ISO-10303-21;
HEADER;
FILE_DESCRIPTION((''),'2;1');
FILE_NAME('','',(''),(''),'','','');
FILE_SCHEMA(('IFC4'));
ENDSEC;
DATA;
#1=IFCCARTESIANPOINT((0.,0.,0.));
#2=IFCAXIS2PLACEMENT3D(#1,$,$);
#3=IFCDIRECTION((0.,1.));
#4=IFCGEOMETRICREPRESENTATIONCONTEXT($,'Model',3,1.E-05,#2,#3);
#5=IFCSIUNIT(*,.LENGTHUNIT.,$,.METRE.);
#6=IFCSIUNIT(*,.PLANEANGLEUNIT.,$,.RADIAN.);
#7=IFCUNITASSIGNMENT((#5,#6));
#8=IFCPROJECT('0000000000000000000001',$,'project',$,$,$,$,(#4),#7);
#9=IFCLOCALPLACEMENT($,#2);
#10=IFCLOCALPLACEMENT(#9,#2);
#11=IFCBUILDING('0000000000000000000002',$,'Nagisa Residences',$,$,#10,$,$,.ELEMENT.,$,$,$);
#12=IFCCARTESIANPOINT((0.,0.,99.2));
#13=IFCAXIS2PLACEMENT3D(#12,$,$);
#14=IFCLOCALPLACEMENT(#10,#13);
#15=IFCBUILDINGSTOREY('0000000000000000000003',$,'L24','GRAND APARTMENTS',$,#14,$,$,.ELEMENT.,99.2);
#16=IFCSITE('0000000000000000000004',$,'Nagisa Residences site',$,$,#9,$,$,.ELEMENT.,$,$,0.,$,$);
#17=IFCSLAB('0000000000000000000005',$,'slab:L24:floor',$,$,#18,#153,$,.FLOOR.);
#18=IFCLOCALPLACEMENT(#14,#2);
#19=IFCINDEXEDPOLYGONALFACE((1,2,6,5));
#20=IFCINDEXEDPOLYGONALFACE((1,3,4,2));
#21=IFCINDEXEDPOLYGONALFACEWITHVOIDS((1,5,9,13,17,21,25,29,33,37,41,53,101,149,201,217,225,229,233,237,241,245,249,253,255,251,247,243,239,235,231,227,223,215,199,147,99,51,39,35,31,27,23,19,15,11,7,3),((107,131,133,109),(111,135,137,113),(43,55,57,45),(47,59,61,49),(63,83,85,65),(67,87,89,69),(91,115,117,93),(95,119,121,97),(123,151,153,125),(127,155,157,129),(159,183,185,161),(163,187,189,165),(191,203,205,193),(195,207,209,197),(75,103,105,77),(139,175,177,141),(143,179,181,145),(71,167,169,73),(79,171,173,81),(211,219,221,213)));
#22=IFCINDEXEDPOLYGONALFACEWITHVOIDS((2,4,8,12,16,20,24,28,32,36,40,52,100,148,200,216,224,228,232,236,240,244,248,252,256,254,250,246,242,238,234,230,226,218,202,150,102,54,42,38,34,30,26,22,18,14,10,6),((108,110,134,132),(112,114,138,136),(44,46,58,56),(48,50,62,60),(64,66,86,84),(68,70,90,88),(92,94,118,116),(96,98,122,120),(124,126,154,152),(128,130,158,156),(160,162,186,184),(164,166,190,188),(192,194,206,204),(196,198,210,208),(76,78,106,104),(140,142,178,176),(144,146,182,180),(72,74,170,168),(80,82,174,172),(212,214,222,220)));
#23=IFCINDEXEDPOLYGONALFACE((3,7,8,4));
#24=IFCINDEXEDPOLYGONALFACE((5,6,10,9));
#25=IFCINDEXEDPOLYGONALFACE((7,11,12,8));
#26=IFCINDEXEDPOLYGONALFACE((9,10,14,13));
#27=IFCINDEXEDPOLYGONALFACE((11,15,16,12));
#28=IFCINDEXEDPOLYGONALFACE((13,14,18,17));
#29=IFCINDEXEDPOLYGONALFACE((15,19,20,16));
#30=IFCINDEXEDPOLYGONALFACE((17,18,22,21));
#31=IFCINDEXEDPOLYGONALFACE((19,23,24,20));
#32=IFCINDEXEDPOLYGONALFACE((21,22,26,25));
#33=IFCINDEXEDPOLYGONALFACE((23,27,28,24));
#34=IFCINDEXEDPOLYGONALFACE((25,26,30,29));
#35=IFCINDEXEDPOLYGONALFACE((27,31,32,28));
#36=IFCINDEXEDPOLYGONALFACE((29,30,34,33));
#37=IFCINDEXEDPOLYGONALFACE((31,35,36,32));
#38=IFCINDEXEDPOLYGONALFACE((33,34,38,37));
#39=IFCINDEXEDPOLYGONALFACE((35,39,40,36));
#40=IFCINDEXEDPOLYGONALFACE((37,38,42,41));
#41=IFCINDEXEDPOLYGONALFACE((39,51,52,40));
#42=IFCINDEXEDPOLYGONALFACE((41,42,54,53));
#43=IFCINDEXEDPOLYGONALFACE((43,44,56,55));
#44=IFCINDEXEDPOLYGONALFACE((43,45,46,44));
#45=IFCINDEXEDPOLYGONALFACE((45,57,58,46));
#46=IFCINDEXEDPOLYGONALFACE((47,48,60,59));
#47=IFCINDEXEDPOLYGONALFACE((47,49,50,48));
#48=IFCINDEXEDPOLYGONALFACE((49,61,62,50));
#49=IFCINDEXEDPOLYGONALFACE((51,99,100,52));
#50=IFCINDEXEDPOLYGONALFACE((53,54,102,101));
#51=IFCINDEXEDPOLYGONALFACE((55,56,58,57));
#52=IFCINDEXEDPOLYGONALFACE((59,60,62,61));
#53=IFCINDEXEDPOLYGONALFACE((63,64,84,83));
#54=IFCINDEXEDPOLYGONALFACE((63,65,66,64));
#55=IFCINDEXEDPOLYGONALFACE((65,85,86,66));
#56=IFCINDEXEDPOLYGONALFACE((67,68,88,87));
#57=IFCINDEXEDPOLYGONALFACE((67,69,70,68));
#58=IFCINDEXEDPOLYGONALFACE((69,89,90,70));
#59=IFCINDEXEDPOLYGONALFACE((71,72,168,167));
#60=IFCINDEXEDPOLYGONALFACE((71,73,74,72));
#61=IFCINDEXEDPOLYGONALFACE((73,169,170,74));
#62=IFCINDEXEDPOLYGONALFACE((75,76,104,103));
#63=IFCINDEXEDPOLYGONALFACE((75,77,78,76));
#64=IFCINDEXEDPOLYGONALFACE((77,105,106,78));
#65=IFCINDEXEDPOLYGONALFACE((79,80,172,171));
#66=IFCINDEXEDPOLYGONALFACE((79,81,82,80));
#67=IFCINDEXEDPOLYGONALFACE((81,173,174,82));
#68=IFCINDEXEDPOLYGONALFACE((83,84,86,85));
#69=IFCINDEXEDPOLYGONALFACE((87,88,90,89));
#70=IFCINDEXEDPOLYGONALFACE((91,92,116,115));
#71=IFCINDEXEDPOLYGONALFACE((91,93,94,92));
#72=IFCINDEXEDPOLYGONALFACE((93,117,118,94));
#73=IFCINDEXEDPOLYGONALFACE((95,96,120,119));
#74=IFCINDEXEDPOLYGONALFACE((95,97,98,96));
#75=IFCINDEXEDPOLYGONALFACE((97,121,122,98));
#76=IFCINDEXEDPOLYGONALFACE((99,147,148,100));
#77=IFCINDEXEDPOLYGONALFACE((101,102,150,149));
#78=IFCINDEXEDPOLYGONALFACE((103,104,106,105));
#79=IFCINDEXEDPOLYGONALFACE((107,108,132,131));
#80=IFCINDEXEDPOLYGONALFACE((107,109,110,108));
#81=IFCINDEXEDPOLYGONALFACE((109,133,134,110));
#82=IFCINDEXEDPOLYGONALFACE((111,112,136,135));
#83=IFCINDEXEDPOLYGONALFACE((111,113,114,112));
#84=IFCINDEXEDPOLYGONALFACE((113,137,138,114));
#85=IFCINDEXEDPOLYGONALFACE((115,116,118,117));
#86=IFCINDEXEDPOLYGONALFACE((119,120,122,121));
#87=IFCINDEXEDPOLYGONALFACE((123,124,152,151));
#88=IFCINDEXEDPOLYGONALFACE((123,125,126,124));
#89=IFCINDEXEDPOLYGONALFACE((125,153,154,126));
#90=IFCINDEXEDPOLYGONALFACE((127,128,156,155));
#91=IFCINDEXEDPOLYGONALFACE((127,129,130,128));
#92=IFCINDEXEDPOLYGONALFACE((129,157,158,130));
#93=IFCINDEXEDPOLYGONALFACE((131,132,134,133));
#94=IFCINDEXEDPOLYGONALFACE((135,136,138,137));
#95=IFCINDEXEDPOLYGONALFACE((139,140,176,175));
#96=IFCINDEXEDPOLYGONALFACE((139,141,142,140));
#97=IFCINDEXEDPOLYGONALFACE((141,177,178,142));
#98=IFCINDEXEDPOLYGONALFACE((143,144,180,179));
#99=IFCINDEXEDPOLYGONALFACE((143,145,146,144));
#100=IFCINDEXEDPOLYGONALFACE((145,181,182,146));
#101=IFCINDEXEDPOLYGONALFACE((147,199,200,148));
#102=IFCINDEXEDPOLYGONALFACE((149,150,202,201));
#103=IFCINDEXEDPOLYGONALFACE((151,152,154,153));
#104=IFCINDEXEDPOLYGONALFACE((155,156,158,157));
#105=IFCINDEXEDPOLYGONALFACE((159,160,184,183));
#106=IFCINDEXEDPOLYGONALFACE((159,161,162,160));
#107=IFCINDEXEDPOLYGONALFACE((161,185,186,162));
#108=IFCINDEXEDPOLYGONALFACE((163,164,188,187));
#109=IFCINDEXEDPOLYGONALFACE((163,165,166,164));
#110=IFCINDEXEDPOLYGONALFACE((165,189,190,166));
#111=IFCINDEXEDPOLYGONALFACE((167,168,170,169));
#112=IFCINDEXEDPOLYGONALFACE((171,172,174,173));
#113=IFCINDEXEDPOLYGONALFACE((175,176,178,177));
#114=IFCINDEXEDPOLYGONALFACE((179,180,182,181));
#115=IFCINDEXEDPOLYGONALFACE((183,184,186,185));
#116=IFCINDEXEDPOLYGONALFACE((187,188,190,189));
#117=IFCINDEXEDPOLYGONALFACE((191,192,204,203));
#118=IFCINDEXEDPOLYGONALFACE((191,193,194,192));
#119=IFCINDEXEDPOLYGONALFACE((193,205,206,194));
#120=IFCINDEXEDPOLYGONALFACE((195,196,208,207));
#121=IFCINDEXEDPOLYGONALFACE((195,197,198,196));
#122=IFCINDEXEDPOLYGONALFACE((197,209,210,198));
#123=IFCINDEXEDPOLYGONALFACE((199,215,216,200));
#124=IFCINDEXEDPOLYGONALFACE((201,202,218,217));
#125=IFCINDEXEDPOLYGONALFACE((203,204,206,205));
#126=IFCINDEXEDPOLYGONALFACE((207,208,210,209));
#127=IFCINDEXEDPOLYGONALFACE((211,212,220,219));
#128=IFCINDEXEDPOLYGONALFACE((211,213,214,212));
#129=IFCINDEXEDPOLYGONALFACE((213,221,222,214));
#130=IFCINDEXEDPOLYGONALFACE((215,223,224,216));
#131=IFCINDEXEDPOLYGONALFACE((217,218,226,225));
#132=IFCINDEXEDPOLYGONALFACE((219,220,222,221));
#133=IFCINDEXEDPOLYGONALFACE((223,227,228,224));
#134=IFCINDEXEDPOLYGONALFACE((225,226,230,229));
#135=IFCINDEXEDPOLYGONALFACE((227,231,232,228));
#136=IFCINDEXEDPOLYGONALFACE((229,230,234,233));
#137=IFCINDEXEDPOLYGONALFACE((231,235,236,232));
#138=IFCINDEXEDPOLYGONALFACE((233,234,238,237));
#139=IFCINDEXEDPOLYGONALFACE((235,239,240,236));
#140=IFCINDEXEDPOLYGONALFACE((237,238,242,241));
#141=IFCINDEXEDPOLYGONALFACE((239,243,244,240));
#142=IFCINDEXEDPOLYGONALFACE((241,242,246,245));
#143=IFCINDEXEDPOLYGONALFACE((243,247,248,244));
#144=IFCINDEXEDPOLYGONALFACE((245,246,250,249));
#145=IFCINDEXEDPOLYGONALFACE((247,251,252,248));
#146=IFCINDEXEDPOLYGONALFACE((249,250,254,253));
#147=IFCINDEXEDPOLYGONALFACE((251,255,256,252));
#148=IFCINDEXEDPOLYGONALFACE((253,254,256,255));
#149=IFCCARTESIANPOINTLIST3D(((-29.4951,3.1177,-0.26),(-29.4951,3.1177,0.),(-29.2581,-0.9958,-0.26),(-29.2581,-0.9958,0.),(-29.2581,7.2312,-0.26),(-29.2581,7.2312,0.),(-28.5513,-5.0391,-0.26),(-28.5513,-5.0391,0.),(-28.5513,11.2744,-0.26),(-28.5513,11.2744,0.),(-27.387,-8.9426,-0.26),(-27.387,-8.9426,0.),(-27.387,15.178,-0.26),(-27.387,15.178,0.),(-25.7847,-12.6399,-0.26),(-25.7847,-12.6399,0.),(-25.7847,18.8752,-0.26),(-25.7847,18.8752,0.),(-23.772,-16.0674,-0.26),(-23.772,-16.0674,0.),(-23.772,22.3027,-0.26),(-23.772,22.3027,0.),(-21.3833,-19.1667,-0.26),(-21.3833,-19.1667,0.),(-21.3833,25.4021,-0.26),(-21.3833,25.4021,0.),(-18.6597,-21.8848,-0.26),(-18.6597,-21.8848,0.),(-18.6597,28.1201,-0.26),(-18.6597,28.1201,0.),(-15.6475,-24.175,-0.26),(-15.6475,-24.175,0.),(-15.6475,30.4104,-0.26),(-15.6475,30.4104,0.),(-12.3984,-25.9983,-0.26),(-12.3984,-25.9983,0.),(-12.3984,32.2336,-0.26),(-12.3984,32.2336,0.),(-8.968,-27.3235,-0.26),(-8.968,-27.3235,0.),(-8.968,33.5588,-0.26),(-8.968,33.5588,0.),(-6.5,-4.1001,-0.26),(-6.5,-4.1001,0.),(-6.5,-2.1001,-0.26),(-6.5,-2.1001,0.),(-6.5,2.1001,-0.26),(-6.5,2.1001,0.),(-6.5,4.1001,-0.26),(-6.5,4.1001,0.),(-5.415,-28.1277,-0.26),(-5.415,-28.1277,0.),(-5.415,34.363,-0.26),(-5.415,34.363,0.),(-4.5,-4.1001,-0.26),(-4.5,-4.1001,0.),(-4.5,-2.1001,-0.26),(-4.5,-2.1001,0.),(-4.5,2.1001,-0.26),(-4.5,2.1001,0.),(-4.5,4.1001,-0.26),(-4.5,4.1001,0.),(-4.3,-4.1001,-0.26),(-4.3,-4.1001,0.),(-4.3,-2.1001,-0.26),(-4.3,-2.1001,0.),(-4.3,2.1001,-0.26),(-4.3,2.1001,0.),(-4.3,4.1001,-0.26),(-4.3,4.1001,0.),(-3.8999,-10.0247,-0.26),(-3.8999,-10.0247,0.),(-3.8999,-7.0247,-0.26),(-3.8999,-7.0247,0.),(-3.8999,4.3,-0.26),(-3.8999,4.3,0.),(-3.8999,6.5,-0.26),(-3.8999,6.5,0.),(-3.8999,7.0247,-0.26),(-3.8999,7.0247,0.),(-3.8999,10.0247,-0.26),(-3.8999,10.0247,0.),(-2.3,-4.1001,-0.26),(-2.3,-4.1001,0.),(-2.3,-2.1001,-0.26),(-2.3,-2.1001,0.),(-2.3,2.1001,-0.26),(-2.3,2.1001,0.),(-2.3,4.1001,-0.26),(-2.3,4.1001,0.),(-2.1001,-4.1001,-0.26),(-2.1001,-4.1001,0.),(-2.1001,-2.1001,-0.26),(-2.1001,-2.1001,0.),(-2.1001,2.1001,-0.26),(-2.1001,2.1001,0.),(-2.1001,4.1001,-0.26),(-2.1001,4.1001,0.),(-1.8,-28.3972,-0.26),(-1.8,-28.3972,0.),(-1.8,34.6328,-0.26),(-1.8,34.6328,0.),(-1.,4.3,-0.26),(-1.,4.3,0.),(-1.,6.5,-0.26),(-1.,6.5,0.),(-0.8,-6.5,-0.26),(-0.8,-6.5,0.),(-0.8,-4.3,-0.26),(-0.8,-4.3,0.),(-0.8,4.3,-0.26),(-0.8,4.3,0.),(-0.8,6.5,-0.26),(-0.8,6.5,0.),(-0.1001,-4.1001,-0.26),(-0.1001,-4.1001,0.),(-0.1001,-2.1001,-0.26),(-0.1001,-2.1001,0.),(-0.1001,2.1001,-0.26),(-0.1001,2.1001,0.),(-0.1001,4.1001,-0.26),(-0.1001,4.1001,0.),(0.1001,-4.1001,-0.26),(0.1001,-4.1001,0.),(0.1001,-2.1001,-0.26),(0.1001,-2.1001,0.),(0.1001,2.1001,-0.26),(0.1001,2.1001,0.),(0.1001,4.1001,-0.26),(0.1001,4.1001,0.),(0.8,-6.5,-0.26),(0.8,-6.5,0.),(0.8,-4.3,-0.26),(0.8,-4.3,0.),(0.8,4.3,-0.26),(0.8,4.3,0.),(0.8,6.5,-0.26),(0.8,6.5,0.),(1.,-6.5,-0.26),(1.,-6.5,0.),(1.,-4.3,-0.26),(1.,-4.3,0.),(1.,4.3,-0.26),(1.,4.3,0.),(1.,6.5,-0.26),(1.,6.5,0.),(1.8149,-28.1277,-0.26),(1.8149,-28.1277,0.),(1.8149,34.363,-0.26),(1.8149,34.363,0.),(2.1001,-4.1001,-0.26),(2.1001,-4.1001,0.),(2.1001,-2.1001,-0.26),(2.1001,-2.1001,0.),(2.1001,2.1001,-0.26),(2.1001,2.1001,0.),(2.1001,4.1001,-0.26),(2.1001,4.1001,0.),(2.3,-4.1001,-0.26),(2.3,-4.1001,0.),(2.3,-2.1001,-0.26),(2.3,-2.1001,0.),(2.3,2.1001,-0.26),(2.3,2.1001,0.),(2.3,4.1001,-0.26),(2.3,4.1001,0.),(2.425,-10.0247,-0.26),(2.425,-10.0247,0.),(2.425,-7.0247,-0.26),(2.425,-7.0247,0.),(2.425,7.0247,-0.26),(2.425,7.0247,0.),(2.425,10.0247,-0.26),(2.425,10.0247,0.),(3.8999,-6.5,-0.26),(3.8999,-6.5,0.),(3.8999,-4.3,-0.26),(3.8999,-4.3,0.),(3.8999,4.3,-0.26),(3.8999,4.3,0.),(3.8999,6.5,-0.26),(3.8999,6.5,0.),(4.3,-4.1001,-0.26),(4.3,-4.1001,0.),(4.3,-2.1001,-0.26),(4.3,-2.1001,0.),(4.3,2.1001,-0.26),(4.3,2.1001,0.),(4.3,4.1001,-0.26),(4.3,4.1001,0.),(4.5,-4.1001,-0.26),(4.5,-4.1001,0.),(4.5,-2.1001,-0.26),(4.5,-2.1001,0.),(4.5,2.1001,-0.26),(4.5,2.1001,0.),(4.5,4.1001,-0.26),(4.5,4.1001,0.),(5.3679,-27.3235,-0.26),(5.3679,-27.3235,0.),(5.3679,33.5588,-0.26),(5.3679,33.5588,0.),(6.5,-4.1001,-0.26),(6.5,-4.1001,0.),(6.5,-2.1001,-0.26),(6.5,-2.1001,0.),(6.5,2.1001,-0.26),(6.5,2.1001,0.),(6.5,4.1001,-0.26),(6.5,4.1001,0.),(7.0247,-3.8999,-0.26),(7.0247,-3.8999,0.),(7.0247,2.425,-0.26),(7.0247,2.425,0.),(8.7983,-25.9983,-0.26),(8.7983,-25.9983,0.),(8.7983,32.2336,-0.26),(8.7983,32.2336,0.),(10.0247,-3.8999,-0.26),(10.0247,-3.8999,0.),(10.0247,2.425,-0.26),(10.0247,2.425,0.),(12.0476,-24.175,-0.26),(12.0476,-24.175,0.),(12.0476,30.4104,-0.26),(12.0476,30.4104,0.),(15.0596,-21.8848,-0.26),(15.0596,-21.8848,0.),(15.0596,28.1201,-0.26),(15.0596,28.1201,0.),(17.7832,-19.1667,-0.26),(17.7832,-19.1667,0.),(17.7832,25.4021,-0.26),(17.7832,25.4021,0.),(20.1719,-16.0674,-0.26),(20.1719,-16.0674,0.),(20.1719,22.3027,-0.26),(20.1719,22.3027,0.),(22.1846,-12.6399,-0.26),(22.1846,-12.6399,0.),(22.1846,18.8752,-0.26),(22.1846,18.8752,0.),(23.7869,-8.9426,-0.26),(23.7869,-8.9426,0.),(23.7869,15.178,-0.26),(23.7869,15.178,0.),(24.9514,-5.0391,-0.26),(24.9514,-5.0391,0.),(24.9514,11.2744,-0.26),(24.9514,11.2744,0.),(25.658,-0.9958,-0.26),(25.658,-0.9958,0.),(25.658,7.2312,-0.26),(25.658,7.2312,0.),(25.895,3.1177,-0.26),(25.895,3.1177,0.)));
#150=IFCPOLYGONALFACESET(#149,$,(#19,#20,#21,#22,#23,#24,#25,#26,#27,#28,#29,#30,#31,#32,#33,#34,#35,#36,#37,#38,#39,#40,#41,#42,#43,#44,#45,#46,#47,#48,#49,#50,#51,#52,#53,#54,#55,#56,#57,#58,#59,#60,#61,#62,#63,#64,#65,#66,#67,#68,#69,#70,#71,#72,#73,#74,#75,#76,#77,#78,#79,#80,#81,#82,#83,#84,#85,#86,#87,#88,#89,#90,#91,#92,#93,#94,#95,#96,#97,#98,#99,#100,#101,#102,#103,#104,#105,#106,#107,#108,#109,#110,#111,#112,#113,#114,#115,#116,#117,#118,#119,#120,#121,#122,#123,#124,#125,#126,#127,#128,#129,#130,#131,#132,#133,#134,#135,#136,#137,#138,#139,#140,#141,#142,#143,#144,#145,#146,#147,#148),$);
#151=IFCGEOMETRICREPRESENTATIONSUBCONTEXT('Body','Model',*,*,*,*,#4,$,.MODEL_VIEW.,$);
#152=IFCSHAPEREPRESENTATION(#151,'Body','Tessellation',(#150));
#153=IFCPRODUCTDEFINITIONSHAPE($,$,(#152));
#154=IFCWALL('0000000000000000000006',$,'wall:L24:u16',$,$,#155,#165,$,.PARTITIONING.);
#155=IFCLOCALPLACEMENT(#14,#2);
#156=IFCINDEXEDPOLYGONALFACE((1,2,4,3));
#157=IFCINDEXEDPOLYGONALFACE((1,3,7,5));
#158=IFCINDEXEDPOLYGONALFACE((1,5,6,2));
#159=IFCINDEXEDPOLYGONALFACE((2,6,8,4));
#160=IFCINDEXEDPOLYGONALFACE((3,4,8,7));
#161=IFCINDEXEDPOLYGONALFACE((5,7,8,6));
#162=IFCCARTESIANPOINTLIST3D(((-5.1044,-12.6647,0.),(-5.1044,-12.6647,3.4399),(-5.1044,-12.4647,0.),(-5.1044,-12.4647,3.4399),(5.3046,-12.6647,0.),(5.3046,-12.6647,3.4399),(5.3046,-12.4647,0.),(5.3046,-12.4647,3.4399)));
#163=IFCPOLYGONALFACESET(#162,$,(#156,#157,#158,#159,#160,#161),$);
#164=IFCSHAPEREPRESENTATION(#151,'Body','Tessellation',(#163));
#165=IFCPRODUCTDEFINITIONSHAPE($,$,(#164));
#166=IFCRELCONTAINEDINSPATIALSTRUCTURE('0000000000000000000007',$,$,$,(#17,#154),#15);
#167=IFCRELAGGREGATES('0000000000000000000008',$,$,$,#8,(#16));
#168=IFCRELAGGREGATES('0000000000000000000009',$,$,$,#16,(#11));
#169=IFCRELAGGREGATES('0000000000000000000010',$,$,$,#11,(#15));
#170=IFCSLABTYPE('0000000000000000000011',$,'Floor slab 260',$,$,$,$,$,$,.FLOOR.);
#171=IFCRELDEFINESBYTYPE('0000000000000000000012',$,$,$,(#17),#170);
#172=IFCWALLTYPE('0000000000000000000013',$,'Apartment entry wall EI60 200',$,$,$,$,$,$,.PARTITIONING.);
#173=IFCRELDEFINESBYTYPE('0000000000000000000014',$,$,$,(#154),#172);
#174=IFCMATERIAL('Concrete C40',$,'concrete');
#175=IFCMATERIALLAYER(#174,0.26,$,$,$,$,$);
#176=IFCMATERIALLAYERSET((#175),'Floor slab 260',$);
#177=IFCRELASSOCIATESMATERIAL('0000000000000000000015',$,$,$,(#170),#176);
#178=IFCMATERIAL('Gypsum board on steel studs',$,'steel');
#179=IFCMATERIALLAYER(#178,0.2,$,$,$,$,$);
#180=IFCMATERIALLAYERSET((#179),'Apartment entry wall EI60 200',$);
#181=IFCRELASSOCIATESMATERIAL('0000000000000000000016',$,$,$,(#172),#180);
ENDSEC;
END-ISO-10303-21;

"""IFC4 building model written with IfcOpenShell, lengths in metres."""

from ifc_helpers import new_model, si_unit, direction, frame, frame_2d, origin, place, context, subcontext, project, spatial, polyline, rectangle, outline, extrude, material, layer, layer_set, type_object, element, save


model = new_model("IFC4")

# Units and contexts
model_context = context("Model", 3, precision=1e-05, world=origin(), true_north=direction((0.0, 1.0)))
body_context = subcontext(model_context, "Body", "Model", "MODEL_VIEW")
ifc_project = project(units=[si_unit("LENGTHUNIT", "METRE"), si_unit("PLANEANGLEUNIT", "RADIAN")], contexts=[model_context])

# Site, building, storey
site_placement = place(None, origin())
site = spatial("IfcSite", under=ifc_project, at=site_placement, Name="Nagisa Residences site", CompositionType="ELEMENT", RefElevation=0.0)
building_placement = place(site_placement, origin())
building = spatial("IfcBuilding", under=site, at=building_placement, Name="Nagisa Residences", CompositionType="ELEMENT")
storey_placement = place(building_placement, frame((0.0, 0.0, 99.2)))
storey = spatial("IfcBuildingStorey", under=building, at=storey_placement, Name="L24", Description="GRAND APARTMENTS", CompositionType="ELEMENT", Elevation=99.2)

# Slab
ifc_material_1 = material(Name="Concrete C40", Category="concrete")
ifc_layer_1 = layer(ifc_material_1, 0.26)
ifc_layer_set_1 = layer_set([ifc_layer_1], Name="Floor slab 260")
slab_type = type_object("IfcSlabType", Name="Floor slab 260", PredefinedType="FLOOR", material=ifc_layer_set_1)
slab_placement = place(storey_placement, frame((0.0, 0.0, -0.26)))
element("IfcSlab", 1, at=slab_placement, inside=storey, type_object=slab_type, Name="slab:L24:floor", PredefinedType="FLOOR", context=body_context, shape_type="SweptSolid", body=[
    extrude(outline(polyline([(25.895, 3.1177), (25.658, 7.2312), (24.9514, 11.2744), (23.7869, 15.178), (22.1846, 18.8752), (20.1719, 22.3027), (17.7832, 25.4021), (15.0596, 28.1201), (12.0476, 30.4104), (8.7983, 32.2336), (5.3679, 33.5588), (1.8149, 34.363), (-1.8, 34.6328), (-5.415, 34.363), (-8.968, 33.5588), (-12.3984, 32.2336), (-15.6475, 30.4104), (-18.6597, 28.1201), (-21.3833, 25.4021), (-23.772, 22.3027), (-25.7847, 18.8752), (-27.387, 15.178), (-28.5513, 11.2744), (-29.2581, 7.2312), (-29.4951, 3.1177), (-29.2581, -0.9958), (-28.5513, -5.0391), (-27.387, -8.9426), (-25.7847, -12.6399), (-23.772, -16.0674), (-21.3833, -19.1667), (-18.6597, -21.8848), (-15.6475, -24.175), (-12.3984, -25.9983), (-8.968, -27.3235), (-5.415, -28.1277), (-1.8, -28.3972), (1.8149, -28.1277), (5.3679, -27.3235), (8.7983, -25.9983), (12.0476, -24.175), (15.0596, -21.8848), (17.7832, -19.1667), (20.1719, -16.0674), (22.1846, -12.6399), (23.7869, -8.9426), (24.9514, -5.0391), (25.658, -0.9958), (25.895, 3.1177)]), holes=[polyline([(-4.5, 2.1001), (-4.5, 4.1001), (-6.5, 4.1001), (-6.5, 2.1001), (-4.5, 2.1001)]), polyline([(-2.3, 2.1001), (-2.3, 4.1001), (-4.3, 4.1001), (-4.3, 2.1001), (-2.3, 2.1001)]), polyline([(-0.1001, 2.1001), (-0.1001, 4.1001), (-2.1001, 4.1001), (-2.1001, 2.1001), (-0.1001, 2.1001)]), polyline([(2.1001, 2.1001), (2.1001, 4.1001), (0.1001, 4.1001), (0.1001, 2.1001), (2.1001, 2.1001)]), polyline([(4.3, 2.1001), (4.3, 4.1001), (2.3, 4.1001), (2.3, 2.1001), (4.3, 2.1001)]), polyline([(6.5, 2.1001), (6.5, 4.1001), (4.5, 4.1001), (4.5, 2.1001), (6.5, 2.1001)]), polyline([(-4.5, -4.1001), (-4.5, -2.1001), (-6.5, -2.1001), (-6.5, -4.1001), (-4.5, -4.1001)]), polyline([(-2.3, -4.1001), (-2.3, -2.1001), (-4.3, -2.1001), (-4.3, -4.1001), (-2.3, -4.1001)]), polyline([(-0.1001, -4.1001), (-0.1001, -2.1001), (-2.1001, -2.1001), (-2.1001, -4.1001), (-0.1001, -4.1001)]), polyline([(2.1001, -4.1001), (2.1001, -2.1001), (0.1001, -2.1001), (0.1001, -4.1001), (2.1001, -4.1001)]), polyline([(4.3, -4.1001), (4.3, -2.1001), (2.3, -2.1001), (2.3, -4.1001), (4.3, -4.1001)]), polyline([(6.5, -4.1001), (6.5, -2.1001), (4.5, -2.1001), (4.5, -4.1001), (6.5, -4.1001)]), polyline([(3.8999, 4.3), (3.8999, 6.5), (1.0, 6.5), (1.0, 4.3), (3.8999, 4.3)]), polyline([(3.8999, -6.5), (3.8999, -4.3), (1.0, -4.3), (1.0, -6.5), (3.8999, -6.5)]), polyline([(-1.0, 4.3), (-1.0, 6.5), (-3.8999, 6.5), (-3.8999, 4.3), (-1.0, 4.3)]), polyline([(0.8, 4.3), (0.8, 6.5), (-0.8, 6.5), (-0.8, 4.3), (0.8, 4.3)]), polyline([(0.8, -6.5), (0.8, -4.3), (-0.8, -4.3), (-0.8, -6.5), (0.8, -6.5)]), polyline([(10.0247, -3.8999), (7.0247, -3.8999), (7.0247, 2.425), (10.0247, 2.425), (10.0247, -3.8999)]), polyline([(-3.8999, 7.0247), (-3.8999, 10.0247), (2.425, 10.0247), (2.425, 7.0247), (-3.8999, 7.0247)]), polyline([(-3.8999, -10.0247), (-3.8999, -7.0247), (2.425, -7.0247), (2.425, -10.0247), (-3.8999, -10.0247)])]), origin(), (0.0, 0.0, 1.0), 0.26),
])

# Wall
ifc_material_2 = material(Name="Gypsum board on steel studs", Category="steel")
ifc_layer_2 = layer(ifc_material_2, 0.2)
ifc_layer_set_2 = layer_set([ifc_layer_2], Name="Apartment entry wall EI60 200")
wall_type_1 = type_object("IfcWallType", Name="Apartment entry wall EI60 200", PredefinedType="PARTITIONING", material=ifc_layer_set_2)
wall_1_placement = place(storey_placement, frame((-5.1045, -12.5647, 0.0), z_axis=(0.0, 0.0, 1.0), x_axis=(1.0, 0.0, 0.0)))
element("IfcWall", 2, at=wall_1_placement, inside=storey, type_object=wall_type_1, Name="wall:L24:u16", PredefinedType="PARTITIONING", context=body_context, shape_type="SweptSolid", body=[
    extrude(rectangle(XDim=10.4089, YDim=0.2, at=frame_2d((5.2046, 0.0))), origin(), (0.0, 0.0, 1.0), 3.4399),
])

save(model, "model.ifc")
